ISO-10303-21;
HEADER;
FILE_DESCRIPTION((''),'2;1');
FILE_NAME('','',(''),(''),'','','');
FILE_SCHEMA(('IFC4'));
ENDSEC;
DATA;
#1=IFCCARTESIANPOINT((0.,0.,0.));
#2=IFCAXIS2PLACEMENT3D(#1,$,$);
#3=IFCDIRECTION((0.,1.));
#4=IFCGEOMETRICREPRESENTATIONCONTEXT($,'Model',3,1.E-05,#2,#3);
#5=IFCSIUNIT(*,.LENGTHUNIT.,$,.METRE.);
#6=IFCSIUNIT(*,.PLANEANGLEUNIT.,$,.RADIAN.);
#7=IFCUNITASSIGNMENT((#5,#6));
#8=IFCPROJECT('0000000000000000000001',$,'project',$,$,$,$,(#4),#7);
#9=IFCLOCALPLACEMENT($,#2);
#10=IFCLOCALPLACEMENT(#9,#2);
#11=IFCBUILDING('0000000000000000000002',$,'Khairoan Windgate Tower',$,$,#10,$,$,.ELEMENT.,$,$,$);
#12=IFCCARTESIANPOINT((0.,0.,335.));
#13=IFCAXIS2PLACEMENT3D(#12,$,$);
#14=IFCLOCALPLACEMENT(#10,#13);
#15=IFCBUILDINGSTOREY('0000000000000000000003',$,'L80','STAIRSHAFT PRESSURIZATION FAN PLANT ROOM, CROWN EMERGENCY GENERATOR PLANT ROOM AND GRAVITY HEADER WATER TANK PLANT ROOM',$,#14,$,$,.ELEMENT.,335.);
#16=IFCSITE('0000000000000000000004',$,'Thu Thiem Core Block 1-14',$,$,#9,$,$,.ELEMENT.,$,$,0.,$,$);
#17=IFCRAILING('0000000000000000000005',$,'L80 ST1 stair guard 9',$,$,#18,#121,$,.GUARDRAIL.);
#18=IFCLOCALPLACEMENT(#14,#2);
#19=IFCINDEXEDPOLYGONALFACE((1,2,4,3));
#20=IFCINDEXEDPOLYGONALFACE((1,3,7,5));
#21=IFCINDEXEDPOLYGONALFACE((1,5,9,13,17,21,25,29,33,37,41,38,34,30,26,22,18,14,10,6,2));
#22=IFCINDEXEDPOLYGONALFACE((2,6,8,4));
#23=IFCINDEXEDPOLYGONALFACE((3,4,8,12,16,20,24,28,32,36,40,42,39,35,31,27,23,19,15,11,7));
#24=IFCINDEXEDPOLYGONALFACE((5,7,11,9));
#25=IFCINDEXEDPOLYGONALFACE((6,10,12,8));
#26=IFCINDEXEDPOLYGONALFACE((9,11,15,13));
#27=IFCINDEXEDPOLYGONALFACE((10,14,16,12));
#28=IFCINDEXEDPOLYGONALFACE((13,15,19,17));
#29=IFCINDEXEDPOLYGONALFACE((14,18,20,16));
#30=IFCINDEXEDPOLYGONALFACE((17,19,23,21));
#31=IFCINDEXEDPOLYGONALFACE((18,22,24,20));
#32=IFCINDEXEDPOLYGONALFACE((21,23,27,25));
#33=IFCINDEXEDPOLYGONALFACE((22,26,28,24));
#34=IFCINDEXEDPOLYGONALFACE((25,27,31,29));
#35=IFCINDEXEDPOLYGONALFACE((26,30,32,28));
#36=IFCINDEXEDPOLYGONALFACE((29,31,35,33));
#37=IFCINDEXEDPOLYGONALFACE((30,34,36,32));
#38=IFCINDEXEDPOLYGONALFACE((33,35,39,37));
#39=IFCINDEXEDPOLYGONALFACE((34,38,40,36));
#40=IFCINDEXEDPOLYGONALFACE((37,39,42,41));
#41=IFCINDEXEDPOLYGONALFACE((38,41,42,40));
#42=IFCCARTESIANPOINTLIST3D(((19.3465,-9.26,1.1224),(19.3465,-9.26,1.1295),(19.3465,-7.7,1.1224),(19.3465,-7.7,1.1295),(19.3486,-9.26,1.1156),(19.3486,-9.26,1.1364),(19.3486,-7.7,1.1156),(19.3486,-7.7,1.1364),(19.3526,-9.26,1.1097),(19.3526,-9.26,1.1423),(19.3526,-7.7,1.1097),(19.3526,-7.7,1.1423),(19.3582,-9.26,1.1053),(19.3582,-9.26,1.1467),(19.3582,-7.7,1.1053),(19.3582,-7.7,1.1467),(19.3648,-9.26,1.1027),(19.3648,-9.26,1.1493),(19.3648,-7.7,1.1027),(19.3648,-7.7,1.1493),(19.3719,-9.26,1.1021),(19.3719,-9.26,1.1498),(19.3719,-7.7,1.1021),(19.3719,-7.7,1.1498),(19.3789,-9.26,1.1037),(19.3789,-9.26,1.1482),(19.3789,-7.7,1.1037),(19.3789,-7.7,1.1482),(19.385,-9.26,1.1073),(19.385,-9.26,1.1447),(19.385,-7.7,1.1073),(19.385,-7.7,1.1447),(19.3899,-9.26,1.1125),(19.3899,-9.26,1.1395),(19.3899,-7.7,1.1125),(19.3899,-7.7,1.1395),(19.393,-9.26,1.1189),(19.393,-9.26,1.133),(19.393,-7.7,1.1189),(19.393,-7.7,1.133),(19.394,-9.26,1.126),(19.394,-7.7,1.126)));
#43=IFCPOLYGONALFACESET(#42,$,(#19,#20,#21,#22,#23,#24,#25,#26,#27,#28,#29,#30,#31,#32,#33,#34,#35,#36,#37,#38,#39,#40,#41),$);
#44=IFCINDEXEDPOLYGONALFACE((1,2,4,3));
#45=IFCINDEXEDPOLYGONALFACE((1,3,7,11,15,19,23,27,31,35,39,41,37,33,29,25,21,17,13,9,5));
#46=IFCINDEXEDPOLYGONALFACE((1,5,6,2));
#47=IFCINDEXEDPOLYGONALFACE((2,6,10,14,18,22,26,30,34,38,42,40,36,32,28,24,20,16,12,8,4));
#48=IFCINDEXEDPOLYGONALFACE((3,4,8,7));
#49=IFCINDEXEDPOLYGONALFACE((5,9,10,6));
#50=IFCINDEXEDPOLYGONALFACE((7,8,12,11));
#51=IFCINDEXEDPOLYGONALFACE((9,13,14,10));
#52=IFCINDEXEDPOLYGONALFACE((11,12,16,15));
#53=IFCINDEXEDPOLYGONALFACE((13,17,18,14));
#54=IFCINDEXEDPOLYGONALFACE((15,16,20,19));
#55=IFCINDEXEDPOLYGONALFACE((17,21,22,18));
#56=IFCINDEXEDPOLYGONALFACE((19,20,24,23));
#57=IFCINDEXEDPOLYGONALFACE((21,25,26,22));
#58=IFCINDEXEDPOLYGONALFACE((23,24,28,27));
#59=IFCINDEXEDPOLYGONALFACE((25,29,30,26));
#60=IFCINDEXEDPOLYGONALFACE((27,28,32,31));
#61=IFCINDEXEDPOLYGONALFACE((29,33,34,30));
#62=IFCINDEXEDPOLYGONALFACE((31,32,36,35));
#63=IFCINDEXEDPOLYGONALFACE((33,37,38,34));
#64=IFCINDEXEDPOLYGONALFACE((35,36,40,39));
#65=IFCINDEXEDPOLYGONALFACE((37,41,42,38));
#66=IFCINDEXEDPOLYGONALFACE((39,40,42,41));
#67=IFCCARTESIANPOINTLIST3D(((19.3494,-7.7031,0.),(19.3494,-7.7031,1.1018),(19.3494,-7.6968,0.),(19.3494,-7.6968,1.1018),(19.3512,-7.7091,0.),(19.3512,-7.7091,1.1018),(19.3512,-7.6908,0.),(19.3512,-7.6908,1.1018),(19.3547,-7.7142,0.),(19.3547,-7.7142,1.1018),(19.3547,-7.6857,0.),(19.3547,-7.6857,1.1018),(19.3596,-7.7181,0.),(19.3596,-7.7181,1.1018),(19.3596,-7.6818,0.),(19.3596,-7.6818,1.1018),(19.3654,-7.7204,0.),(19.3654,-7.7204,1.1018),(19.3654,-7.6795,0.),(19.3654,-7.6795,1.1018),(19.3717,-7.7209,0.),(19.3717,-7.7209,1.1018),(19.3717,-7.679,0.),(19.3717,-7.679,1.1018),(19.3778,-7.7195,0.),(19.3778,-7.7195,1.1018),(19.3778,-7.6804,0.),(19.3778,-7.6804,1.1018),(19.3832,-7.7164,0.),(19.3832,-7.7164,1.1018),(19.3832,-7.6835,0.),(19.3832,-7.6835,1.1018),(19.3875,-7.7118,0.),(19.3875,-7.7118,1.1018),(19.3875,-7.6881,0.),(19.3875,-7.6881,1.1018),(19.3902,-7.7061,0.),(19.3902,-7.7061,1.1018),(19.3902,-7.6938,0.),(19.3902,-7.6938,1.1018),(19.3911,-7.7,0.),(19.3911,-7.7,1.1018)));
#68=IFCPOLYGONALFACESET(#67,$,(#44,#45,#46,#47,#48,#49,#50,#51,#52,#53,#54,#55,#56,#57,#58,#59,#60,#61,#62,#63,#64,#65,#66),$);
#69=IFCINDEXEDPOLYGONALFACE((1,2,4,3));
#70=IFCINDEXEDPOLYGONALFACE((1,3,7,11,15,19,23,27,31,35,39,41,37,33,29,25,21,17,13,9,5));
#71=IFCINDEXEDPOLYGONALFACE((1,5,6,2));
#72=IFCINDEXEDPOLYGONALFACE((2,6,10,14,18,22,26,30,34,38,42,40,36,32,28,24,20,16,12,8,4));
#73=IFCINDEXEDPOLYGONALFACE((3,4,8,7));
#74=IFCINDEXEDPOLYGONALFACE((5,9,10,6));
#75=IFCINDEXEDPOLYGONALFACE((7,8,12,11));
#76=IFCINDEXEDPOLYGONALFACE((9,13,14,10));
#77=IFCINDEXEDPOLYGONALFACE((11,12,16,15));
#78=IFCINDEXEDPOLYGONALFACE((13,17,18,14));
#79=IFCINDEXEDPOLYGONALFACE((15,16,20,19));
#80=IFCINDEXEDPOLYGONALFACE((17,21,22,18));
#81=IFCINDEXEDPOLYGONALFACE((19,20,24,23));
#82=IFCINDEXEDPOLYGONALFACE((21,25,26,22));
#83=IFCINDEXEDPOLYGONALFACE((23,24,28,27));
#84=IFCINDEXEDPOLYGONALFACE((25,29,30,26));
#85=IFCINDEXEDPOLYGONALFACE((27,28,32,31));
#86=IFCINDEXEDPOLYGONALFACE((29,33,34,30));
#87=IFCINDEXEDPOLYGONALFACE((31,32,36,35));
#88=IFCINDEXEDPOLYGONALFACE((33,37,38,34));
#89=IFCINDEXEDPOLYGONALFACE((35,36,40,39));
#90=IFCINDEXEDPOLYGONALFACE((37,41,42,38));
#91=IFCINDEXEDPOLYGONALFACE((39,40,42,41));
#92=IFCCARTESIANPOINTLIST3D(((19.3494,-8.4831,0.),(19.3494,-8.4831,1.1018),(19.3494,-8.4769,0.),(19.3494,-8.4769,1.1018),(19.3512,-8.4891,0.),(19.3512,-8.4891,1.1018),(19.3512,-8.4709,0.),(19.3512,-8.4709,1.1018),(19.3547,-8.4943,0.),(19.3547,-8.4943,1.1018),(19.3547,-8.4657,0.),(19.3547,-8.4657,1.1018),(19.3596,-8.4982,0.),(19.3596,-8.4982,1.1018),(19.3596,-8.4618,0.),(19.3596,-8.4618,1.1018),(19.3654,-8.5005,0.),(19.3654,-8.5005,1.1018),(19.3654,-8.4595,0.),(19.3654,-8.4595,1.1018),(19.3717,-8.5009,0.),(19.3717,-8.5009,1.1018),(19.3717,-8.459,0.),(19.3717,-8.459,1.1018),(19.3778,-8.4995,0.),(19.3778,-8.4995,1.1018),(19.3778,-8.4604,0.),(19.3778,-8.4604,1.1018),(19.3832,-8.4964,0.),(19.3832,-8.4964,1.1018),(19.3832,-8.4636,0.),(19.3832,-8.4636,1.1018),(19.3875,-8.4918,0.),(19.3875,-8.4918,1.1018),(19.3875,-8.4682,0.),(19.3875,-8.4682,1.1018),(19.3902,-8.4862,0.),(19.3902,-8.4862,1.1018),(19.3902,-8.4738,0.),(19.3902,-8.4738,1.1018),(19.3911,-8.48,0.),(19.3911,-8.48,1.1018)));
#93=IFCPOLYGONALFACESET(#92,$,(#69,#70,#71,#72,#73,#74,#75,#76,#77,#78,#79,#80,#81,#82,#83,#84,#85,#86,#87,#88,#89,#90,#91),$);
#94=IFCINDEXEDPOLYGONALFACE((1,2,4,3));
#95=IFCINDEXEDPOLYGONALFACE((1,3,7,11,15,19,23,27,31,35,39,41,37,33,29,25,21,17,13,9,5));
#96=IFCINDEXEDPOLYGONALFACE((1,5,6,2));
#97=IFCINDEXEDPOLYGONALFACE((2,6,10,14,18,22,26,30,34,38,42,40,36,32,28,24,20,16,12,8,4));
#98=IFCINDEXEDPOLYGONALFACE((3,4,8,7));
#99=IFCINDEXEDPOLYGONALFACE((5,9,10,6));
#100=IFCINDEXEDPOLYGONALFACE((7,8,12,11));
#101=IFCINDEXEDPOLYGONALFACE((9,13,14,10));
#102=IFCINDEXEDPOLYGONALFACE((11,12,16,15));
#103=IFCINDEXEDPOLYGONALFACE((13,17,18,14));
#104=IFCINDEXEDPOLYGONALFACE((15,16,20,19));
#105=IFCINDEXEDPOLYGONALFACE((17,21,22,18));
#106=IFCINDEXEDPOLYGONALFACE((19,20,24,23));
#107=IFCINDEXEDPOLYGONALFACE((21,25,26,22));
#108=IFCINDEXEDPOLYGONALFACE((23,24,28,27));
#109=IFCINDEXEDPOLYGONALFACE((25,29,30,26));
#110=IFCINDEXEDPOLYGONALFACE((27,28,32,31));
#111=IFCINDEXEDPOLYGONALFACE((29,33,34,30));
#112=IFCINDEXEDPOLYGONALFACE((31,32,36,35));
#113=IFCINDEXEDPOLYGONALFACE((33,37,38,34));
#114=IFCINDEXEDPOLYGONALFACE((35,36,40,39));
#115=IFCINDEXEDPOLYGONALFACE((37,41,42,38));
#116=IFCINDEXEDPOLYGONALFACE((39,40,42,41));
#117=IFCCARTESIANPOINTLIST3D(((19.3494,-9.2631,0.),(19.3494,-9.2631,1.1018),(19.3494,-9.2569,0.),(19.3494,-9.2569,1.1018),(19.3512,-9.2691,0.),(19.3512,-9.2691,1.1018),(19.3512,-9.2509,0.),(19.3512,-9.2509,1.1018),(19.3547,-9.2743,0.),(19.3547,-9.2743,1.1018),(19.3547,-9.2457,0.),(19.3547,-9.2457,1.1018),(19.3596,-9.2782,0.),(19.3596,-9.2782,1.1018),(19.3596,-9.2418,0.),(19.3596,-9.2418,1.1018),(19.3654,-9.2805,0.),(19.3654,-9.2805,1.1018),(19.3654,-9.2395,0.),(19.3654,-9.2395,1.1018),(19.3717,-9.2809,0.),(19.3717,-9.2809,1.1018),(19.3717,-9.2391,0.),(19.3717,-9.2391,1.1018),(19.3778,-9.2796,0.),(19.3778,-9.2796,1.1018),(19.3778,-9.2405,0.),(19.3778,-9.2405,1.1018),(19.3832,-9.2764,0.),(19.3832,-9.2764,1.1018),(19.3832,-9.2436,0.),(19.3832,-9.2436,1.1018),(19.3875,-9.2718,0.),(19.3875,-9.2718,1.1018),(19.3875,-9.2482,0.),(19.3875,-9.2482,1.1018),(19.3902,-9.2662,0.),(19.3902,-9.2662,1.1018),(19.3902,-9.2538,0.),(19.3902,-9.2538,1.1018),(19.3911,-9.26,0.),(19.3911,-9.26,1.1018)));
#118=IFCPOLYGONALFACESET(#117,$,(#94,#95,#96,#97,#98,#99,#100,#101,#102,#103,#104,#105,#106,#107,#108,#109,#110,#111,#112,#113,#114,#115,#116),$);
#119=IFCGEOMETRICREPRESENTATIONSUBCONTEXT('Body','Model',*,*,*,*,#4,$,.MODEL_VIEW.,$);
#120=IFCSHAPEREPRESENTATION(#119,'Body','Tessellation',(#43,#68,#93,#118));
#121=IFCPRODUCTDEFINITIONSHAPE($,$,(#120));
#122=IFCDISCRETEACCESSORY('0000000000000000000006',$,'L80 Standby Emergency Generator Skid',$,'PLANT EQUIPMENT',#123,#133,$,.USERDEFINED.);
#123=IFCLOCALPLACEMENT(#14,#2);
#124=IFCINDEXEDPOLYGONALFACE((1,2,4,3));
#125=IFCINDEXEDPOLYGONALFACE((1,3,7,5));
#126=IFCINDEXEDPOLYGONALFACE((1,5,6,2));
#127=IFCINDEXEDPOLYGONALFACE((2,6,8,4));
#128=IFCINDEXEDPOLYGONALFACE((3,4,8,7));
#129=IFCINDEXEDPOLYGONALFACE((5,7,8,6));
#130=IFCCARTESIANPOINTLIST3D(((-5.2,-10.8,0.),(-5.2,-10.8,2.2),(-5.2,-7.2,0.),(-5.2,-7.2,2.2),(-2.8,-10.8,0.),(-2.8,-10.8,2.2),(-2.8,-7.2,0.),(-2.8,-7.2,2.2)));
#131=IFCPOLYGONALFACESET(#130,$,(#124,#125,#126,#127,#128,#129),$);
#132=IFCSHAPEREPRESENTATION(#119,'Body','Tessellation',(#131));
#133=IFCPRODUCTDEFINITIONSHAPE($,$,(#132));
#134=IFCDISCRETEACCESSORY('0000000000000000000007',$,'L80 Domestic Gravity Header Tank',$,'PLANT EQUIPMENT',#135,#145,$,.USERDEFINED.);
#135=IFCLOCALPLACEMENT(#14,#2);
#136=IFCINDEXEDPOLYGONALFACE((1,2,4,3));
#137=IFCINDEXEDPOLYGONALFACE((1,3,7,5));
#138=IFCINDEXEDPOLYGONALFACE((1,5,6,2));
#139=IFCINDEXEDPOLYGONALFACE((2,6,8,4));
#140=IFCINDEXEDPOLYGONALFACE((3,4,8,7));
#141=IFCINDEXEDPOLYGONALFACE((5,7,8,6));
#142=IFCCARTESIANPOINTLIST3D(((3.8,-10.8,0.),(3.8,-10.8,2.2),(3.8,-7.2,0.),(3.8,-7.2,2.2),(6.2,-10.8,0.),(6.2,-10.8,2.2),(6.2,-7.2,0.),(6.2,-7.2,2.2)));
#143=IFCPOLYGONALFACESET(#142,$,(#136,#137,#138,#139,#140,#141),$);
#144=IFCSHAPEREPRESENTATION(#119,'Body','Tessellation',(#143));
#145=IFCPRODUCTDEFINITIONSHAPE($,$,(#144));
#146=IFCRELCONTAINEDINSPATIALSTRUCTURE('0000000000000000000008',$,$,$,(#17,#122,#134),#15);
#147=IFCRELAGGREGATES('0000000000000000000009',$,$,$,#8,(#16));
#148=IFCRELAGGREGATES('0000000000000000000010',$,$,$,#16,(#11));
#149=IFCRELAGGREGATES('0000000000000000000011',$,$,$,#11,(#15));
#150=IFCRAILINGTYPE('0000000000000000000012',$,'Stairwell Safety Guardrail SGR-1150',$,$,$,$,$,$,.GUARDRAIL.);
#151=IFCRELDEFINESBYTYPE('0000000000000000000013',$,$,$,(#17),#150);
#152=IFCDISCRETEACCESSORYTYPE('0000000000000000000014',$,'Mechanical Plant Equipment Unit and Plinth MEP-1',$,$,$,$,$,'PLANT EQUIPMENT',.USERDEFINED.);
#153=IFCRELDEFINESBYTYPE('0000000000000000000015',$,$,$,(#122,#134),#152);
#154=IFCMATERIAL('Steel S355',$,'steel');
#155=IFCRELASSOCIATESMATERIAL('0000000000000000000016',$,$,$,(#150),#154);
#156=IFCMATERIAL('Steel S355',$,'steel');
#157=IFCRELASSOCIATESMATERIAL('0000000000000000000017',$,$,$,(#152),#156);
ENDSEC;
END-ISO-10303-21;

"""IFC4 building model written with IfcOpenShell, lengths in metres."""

from ifc_helpers import new_model, si_unit, direction, frame, origin, origin_2d, place, context, subcontext, project, spatial, rectangle, circle, extrude, material, type_object, element, save


model = new_model("IFC4")

# Units and contexts
model_context = context("Model", 3, precision=1e-05, world=origin(), true_north=direction((0.0, 1.0)))
body_context = subcontext(model_context, "Body", "Model", "MODEL_VIEW")
ifc_project = project(units=[si_unit("LENGTHUNIT", "METRE"), si_unit("PLANEANGLEUNIT", "RADIAN")], contexts=[model_context])

# Site, building, storey
site_placement = place(None, origin())
site = spatial("IfcSite", under=ifc_project, at=site_placement, Name="Thu Thiem Core Block 1-14", CompositionType="ELEMENT", RefElevation=0.0)
building_placement = place(site_placement, origin())
building = spatial("IfcBuilding", under=site, at=building_placement, Name="Khairoan Windgate Tower", CompositionType="ELEMENT")
storey_placement = place(building_placement, frame((0.0, 0.0, 335.0)))
storey = spatial("IfcBuildingStorey", under=building, at=storey_placement, Name="L80", Description="STAIRSHAFT PRESSURIZATION FAN PLANT ROOM, CROWN EMERGENCY GENERATOR PLANT ROOM AND GRAVITY HEADER WATER TANK PLANT ROOM", CompositionType="ELEMENT", Elevation=335.0)

# Railing
ifc_material_1 = material(Name="Steel S355", Category="steel")
railing_type = type_object("IfcRailingType", Name="Stairwell Safety Guardrail SGR-1150", PredefinedType="GUARDRAIL", material=ifc_material_1)
for number, where, name in (
    (1, (19.3701, -7.7, 0.0), "L80 ST1 stair guard 9"),
):
    element("IfcRailing", number, at=place(storey_placement, frame(where)), inside=storey, type_object=railing_type, Name=name, PredefinedType="GUARDRAIL", context=body_context, shape_type="SweptSolid", body=[
        extrude(circle(Radius=0.0239, at=origin_2d()), frame((0.0, 0.0, 1.126), z_axis=(0.0, -1.0, 0.0), x_axis=(1.0, 0.0, 0.0)), (0.0, 0.0, 1.0), 1.5601),
        extrude(circle(Radius=0.021, at=origin_2d()), origin(), (0.0, 0.0, 1.0), 1.1018),
        extrude(circle(Radius=0.021, at=origin_2d()), frame((0.0, -0.78, 0.0)), (0.0, 0.0, 1.0), 1.1018),
        extrude(circle(Radius=0.021, at=origin_2d()), frame((0.0, -1.5601, 0.0)), (0.0, 0.0, 1.0), 1.1018),
    ])

# Discrete accessories
ifc_material_2 = material(Name="Steel S355", Category="steel")
discrete_accessory_type = type_object("IfcDiscreteAccessoryType", Name="Mechanical Plant Equipment Unit and Plinth MEP-1", ElementType="PLANT EQUIPMENT", PredefinedType="USERDEFINED", material=ifc_material_2)
for number, where, z_axis, x_axis, name in (
    (2, (-4.0, -9.0, 0.0), (0.0, 0.0, 1.0), (1.0, 0.0, 0.0), "L80 Standby Emergency Generator Skid"),
    (3, (5.0, -9.0, 0.0), (0.0, 0.0, 1.0), (1.0, 0.0, 0.0), "L80 Domestic Gravity Header Tank"),
):
    element("IfcDiscreteAccessory", number, at=place(storey_placement, frame(where, z_axis=z_axis, x_axis=x_axis)), inside=storey, type_object=discrete_accessory_type, Name=name, ObjectType="PLANT EQUIPMENT", PredefinedType="USERDEFINED", context=body_context, shape_type="SweptSolid", body=[
        extrude(rectangle(XDim=2.3999, YDim=3.6001, at=origin_2d()), origin(), (0.0, 0.0, 1.0), 2.2),
    ])

save(model, "model.ifc")
